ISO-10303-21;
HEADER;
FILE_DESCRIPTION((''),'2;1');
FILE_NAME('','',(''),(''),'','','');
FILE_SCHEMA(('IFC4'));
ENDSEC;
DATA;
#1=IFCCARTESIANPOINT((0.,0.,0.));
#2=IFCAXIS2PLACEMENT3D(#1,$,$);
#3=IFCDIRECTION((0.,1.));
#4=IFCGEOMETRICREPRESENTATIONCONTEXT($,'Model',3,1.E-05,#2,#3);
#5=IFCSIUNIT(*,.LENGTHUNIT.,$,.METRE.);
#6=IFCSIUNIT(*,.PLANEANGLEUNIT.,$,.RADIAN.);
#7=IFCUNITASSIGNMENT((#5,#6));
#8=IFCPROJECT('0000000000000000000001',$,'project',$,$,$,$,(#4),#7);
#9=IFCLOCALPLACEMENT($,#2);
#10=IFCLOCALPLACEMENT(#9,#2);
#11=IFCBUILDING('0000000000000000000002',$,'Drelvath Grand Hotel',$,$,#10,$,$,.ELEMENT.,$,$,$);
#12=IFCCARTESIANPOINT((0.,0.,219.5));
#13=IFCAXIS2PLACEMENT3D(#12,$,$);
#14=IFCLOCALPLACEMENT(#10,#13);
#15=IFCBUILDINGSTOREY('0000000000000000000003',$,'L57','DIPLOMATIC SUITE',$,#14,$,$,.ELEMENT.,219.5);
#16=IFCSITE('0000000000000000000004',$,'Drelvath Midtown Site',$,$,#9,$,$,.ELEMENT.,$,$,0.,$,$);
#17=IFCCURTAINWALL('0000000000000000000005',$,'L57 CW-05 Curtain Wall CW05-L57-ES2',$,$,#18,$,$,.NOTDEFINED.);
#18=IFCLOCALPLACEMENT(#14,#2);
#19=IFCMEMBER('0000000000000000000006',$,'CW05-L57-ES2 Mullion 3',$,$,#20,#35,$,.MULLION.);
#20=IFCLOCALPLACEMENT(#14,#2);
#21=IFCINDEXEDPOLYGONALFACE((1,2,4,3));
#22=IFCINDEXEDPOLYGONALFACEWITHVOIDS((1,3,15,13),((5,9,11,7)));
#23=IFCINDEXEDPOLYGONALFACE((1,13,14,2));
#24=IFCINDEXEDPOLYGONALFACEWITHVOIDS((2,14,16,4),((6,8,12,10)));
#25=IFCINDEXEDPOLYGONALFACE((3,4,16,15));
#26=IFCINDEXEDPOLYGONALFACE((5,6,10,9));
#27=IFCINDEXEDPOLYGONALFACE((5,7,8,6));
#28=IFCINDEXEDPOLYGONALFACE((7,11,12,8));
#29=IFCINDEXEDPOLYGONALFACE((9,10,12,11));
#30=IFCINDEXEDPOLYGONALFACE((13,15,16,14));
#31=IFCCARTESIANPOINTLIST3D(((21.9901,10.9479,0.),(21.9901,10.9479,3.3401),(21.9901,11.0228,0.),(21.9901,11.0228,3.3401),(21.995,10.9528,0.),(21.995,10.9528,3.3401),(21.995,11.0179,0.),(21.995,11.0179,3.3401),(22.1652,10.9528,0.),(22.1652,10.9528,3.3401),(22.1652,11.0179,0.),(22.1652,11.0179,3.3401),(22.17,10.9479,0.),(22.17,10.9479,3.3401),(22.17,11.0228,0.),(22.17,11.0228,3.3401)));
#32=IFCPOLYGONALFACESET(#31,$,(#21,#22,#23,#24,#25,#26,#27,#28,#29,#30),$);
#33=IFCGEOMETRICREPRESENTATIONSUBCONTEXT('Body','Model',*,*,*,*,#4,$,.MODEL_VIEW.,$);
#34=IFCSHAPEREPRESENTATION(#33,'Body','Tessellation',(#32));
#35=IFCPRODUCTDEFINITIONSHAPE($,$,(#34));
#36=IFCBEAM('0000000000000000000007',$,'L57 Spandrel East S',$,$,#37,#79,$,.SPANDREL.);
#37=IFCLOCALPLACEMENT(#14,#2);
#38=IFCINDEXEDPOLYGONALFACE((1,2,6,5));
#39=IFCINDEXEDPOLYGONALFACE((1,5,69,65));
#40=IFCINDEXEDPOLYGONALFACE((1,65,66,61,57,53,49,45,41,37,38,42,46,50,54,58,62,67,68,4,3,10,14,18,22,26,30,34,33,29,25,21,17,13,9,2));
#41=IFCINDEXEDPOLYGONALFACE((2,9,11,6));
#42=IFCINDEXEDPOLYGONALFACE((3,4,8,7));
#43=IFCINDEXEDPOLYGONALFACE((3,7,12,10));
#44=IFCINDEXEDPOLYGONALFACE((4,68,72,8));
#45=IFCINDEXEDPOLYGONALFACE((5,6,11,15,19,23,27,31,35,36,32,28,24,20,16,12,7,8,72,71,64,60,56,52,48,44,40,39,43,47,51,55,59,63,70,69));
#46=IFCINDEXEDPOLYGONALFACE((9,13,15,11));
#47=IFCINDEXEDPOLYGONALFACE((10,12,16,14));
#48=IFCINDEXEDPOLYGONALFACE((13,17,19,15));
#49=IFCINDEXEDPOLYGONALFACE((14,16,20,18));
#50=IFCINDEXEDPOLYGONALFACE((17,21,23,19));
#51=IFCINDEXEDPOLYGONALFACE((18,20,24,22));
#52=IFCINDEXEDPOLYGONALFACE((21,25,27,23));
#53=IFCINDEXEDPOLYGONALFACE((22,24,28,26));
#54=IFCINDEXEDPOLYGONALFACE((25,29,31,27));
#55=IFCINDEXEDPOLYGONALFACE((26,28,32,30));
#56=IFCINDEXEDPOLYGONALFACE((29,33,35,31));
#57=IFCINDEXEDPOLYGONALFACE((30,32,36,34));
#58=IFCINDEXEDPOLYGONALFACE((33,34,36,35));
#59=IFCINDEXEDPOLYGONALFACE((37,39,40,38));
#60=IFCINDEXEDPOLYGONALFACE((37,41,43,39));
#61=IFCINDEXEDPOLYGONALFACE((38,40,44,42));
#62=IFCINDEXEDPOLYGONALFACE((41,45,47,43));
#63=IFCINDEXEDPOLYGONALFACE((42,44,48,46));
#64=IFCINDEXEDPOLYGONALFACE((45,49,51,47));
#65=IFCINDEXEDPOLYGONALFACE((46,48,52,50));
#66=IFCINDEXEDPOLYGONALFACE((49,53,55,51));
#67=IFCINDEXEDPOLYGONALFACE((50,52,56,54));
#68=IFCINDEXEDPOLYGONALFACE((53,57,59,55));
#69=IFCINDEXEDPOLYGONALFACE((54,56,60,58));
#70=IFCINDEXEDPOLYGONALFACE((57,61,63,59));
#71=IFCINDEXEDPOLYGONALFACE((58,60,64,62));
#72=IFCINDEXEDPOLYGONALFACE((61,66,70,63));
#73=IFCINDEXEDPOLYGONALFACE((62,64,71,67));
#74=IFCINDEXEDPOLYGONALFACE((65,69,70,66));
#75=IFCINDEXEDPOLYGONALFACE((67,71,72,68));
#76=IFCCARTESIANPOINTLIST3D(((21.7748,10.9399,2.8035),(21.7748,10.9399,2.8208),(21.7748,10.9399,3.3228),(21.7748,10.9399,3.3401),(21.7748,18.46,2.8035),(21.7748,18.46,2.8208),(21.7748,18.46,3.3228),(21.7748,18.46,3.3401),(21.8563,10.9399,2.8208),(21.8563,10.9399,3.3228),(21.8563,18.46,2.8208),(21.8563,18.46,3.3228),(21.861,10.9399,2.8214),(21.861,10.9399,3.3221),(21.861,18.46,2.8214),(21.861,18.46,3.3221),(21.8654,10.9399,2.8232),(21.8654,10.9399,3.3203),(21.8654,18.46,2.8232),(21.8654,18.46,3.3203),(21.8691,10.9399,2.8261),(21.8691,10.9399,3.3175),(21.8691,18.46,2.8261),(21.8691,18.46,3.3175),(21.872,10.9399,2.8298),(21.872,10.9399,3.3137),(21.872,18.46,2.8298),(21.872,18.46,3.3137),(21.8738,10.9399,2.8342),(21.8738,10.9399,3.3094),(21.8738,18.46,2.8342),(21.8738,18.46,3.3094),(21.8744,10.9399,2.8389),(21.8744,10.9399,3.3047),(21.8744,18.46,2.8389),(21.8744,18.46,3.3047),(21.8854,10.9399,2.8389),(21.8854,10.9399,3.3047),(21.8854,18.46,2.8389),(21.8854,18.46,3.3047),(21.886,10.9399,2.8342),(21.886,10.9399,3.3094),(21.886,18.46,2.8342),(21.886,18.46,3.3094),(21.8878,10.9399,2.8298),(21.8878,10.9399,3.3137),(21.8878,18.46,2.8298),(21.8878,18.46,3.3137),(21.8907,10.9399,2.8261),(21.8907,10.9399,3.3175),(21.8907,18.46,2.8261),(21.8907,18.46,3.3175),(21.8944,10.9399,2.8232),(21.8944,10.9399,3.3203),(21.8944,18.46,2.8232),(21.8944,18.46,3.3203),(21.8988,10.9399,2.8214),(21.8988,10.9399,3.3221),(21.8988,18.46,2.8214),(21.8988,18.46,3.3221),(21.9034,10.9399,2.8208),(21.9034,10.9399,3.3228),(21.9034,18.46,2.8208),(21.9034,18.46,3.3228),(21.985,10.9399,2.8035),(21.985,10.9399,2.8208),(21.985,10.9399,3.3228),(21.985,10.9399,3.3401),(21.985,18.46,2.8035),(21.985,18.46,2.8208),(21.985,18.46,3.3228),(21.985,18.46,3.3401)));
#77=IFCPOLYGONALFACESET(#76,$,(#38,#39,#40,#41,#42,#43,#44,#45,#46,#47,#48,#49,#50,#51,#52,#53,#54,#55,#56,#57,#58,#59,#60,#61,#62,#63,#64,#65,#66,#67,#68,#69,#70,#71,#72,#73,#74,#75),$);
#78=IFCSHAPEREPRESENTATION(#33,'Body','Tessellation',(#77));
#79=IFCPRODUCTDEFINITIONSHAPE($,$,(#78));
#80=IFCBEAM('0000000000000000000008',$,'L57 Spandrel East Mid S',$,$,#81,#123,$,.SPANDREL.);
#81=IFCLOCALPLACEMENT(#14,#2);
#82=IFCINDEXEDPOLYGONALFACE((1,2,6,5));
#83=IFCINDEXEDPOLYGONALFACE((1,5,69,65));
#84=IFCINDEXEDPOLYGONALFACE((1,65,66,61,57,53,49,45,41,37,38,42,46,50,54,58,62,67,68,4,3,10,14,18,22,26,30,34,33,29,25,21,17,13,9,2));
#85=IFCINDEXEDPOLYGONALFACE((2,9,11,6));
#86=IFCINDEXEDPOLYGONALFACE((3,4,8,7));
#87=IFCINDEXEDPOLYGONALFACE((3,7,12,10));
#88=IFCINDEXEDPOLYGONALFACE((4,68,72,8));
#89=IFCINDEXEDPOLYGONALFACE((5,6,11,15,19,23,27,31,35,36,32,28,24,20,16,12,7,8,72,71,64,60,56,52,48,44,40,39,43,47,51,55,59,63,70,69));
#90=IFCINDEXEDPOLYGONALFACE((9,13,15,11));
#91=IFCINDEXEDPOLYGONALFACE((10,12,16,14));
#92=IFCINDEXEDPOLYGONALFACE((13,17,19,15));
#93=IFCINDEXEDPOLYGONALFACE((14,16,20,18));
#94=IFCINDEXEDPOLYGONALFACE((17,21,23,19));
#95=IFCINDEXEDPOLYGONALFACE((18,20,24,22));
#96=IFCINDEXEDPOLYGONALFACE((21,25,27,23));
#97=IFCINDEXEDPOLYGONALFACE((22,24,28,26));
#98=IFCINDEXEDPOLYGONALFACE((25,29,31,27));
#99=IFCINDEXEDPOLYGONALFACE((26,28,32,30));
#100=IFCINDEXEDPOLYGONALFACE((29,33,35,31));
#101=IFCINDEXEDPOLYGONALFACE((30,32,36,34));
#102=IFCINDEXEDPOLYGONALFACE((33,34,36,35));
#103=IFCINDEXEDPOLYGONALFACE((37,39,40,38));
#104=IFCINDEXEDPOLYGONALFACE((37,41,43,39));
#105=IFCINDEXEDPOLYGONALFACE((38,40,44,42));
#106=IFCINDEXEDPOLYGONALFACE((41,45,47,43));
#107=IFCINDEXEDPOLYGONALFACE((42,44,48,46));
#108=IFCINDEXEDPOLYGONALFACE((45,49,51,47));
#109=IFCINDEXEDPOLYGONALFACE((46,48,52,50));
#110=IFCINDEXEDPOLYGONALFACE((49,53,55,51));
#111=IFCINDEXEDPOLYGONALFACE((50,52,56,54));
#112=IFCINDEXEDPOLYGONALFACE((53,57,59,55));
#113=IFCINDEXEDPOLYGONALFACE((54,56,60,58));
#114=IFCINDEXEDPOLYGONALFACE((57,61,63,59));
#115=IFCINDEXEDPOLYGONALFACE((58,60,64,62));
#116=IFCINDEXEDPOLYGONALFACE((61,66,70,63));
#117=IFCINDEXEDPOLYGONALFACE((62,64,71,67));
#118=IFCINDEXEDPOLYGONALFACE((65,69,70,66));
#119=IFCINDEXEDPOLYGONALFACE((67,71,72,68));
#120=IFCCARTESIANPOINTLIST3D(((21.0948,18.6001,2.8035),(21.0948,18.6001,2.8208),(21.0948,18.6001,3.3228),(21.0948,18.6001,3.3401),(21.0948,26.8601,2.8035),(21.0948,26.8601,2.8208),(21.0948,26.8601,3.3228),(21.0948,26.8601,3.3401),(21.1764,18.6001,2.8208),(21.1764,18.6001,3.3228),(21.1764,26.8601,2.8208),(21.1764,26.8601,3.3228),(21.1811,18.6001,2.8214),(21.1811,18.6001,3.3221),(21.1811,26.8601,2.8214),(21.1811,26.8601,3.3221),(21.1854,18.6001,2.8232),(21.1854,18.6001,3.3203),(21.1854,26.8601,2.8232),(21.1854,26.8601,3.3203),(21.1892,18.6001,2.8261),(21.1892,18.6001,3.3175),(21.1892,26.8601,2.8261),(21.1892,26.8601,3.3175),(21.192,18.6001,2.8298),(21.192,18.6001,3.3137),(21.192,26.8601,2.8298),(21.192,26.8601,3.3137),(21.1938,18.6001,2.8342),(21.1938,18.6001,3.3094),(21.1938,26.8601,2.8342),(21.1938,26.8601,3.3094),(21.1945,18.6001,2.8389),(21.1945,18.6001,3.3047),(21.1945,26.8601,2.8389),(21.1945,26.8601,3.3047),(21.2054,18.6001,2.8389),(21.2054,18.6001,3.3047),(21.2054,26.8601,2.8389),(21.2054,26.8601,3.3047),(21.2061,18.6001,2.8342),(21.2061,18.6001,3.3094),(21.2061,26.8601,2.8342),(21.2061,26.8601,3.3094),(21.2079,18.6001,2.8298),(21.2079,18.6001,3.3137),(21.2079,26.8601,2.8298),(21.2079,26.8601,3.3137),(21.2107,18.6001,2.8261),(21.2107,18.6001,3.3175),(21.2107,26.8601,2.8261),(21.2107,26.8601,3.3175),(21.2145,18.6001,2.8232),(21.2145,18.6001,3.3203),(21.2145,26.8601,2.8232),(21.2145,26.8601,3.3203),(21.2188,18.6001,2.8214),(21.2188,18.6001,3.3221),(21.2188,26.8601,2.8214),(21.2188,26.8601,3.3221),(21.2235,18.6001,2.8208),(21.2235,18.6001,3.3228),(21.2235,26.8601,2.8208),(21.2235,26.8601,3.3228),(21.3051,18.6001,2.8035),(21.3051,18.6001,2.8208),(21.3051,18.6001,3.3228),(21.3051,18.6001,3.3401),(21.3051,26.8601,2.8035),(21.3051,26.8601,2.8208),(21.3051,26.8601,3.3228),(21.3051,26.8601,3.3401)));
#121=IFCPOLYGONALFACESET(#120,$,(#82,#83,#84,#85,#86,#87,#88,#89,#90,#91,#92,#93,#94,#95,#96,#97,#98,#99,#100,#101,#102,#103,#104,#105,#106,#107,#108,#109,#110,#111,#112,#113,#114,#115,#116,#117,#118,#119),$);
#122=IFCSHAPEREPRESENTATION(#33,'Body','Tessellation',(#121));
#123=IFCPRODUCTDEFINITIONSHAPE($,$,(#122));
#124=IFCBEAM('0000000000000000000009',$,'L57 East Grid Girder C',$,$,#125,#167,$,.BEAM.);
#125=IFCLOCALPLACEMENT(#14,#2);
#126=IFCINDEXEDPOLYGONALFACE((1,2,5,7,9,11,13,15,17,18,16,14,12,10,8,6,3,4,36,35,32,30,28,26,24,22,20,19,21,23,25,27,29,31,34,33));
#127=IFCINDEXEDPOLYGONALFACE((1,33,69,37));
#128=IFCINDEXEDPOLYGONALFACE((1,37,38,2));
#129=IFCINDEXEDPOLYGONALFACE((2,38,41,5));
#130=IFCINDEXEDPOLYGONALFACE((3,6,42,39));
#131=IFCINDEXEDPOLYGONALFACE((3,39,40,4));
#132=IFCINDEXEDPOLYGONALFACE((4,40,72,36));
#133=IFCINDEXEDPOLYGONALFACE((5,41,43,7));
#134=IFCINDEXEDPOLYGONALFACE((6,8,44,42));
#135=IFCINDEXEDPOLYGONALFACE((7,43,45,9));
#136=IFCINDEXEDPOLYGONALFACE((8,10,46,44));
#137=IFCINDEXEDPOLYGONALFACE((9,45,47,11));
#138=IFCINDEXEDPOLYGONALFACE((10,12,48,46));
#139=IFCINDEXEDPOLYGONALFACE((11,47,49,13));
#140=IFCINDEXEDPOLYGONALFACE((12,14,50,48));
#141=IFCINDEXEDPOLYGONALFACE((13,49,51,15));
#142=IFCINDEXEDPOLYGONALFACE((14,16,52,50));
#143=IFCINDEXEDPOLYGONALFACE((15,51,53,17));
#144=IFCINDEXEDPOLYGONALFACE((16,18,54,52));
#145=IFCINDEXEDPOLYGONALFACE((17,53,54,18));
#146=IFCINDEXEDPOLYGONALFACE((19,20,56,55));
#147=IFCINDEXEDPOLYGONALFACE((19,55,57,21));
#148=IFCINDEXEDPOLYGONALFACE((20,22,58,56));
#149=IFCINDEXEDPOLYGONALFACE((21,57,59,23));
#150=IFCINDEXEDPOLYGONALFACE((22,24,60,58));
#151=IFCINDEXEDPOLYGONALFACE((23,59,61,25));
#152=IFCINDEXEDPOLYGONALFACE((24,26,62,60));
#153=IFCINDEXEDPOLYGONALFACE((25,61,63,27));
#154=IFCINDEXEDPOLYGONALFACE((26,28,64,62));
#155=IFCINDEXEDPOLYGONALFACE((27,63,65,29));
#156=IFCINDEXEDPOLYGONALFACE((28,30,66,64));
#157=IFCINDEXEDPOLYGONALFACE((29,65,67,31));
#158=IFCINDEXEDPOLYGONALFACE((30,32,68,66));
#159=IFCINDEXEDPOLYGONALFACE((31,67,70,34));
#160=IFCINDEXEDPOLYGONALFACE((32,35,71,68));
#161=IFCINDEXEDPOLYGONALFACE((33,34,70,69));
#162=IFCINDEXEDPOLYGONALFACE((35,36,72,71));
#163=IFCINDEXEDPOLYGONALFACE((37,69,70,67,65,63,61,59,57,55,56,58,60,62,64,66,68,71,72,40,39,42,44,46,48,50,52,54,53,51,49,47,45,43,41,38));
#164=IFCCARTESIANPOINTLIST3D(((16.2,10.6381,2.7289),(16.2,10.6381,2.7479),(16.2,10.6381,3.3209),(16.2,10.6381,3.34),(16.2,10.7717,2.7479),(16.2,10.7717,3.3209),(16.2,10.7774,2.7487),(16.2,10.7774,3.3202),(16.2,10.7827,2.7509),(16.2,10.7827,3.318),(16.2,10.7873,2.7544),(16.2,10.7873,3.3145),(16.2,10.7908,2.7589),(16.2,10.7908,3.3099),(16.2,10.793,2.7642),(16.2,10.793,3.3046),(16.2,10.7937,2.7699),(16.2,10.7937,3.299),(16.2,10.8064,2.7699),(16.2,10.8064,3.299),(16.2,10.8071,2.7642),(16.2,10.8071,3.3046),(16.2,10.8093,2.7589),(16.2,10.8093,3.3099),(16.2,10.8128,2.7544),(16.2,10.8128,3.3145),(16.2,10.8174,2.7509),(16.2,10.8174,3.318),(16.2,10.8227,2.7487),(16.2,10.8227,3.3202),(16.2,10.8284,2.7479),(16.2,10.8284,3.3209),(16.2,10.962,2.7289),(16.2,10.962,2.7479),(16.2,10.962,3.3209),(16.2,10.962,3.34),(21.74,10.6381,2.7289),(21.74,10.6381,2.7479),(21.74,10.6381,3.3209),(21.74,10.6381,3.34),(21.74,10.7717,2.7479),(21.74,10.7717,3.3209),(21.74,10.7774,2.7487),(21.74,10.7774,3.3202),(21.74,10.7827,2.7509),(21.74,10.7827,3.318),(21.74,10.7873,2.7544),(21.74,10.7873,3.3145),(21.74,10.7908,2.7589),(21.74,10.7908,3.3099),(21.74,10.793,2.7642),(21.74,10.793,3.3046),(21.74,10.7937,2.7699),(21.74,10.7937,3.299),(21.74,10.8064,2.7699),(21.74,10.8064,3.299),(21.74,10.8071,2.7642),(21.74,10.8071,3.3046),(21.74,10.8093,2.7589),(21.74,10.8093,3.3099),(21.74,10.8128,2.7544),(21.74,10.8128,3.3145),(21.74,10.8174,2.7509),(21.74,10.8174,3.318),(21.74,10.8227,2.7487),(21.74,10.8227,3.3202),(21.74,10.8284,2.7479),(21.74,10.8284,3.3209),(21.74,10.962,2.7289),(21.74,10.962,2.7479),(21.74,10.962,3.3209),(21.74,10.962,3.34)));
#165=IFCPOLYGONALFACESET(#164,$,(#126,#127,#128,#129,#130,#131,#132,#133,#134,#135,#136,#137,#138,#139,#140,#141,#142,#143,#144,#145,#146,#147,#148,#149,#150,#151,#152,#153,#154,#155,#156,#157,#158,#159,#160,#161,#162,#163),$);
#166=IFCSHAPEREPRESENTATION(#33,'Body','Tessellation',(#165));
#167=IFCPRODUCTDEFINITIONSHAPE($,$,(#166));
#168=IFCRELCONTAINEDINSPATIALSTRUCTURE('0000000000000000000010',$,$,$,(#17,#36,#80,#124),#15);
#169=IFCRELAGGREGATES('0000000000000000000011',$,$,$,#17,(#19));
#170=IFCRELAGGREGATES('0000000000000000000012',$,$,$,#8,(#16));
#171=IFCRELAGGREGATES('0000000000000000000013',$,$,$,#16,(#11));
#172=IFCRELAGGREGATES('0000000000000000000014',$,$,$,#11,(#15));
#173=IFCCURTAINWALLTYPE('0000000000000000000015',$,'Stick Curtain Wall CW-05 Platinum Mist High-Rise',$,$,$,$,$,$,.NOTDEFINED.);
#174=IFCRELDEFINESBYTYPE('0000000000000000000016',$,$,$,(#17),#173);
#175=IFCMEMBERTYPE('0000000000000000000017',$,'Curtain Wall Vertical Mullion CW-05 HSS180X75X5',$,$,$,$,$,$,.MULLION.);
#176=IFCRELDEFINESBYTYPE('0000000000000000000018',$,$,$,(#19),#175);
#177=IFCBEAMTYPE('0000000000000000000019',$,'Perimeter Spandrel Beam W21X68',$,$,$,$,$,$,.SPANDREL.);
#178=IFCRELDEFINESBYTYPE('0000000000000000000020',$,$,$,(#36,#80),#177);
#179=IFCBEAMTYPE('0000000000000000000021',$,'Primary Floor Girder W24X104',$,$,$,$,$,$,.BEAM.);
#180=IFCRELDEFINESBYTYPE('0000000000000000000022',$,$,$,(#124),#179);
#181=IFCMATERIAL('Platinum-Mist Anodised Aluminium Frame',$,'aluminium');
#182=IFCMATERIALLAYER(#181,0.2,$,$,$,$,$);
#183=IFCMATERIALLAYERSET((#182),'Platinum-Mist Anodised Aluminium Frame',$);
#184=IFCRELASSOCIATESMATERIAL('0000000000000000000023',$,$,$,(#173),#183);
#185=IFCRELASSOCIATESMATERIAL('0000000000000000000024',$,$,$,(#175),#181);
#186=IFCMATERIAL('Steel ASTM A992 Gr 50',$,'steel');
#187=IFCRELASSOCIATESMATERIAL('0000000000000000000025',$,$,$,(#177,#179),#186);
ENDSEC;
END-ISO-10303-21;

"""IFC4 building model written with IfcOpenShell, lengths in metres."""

from ifc_helpers import new_model, si_unit, direction, frame, origin, origin_2d, place, context, subcontext, project, spatial, hollow_rectangle, i_section, extrude, material, layer, layer_set, material_profile, profile_set, type_object, element, aggregate, save


model = new_model("IFC4")

# Units and contexts
model_context = context("Model", 3, precision=1e-05, world=origin(), true_north=direction((0.0, 1.0)))
body_context = subcontext(model_context, "Body", "Model", "MODEL_VIEW")
ifc_project = project(units=[si_unit("LENGTHUNIT", "METRE"), si_unit("PLANEANGLEUNIT", "RADIAN")], contexts=[model_context])

# Site, building, storey
site_placement = place(None, origin())
site = spatial("IfcSite", under=ifc_project, at=site_placement, Name="Drelvath Midtown Site", CompositionType="ELEMENT", RefElevation=0.0)
building_placement = place(site_placement, origin())
building = spatial("IfcBuilding", under=site, at=building_placement, Name="Drelvath Grand Hotel", CompositionType="ELEMENT")
storey_placement = place(building_placement, frame((0.0, 0.0, 219.5)))
storey = spatial("IfcBuildingStorey", under=building, at=storey_placement, Name="L57", Description="DIPLOMATIC SUITE", CompositionType="ELEMENT", Elevation=219.5)

# Curtain wall
ifc_material_1 = material(Name="Platinum-Mist Anodised Aluminium Frame", Category="aluminium")
ifc_layer_1 = layer(ifc_material_1, 0.2)
ifc_layer_set_1 = layer_set([ifc_layer_1], Name="Platinum-Mist Anodised Aluminium Frame")
curtain_wall_type = type_object("IfcCurtainWallType", Name="Stick Curtain Wall CW-05 Platinum Mist High-Rise", PredefinedType="NOTDEFINED", material=ifc_layer_set_1)
curtain_wall_1_placement = place(storey_placement, origin())
curtain_wall_1 = element("IfcCurtainWall", 1, at=curtain_wall_1_placement, inside=storey, type_object=curtain_wall_type, Name="L57 CW-05 Curtain Wall CW05-L57-ES2", PredefinedType="NOTDEFINED")

# Shared definitions
ifc_material_profile_1 = material_profile(ifc_material_1, hollow_rectangle(XDim=0.075, YDim=0.1799, WallThickness=0.0049, at=origin_2d()), Name="HSS180X75X5")
ifc_profile_set_1 = profile_set([ifc_material_profile_1], Name="Platinum-Mist Anodised Aluminium Frame")
member_type_1 = type_object("IfcMemberType", Name="Curtain Wall Vertical Mullion CW-05 HSS180X75X5", PredefinedType="MULLION", material=ifc_profile_set_1)

# Member
member_1_placement = place(storey_placement, frame((22.0801, 10.9854, 0.0), z_axis=(0.0, 0.0, 1.0), x_axis=(0.0, 1.0, 0.0)))
member_1 = element("IfcMember", 2, at=member_1_placement, type_object=member_type_1, Name="CW05-L57-ES2 Mullion 3", PredefinedType="MULLION", context=body_context, shape_type="SweptSolid", body=[
    extrude(hollow_rectangle(XDim=0.075, YDim=0.1799, WallThickness=0.0049, at=origin_2d()), origin(), (0.0, 0.0, 1.0), 3.3401),
])

# Beams
ifc_material_2 = material(Name="Steel ASTM A992 Gr 50", Category="steel")
ifc_material_profile_2 = material_profile(ifc_material_2, i_section(OverallWidth=0.2102, OverallDepth=0.5366, WebThickness=0.011, FlangeThickness=0.0173, FilletRadius=0.0181, at=origin_2d()), Name="W21X68")
ifc_profile_set_2 = profile_set([ifc_material_profile_2], Name="Steel ASTM A992 Gr 50")
beam_type_1 = type_object("IfcBeamType", Name="Perimeter Spandrel Beam W21X68", PredefinedType="SPANDREL", material=ifc_profile_set_2)
beam_1_placement = place(storey_placement, frame((21.8799, 10.9399, 3.0718), z_axis=(0.0, 1.0, 0.0), x_axis=(-1.0, 0.0, 0.0)))
element("IfcBeam", 3, at=beam_1_placement, inside=storey, type_object=beam_type_1, Name="L57 Spandrel East S", PredefinedType="SPANDREL", context=body_context, shape_type="SweptSolid", body=[
    extrude(i_section(OverallWidth=0.2102, OverallDepth=0.5366, WebThickness=0.011, FlangeThickness=0.0173, FilletRadius=0.0181, at=origin_2d()), origin(), (0.0, 0.0, 1.0), 7.52),
])
beam_2_placement = place(storey_placement, frame((21.2, 18.6001, 3.0718), z_axis=(0.0, 1.0, 0.0), x_axis=(-1.0, 0.0, 0.0)))
element("IfcBeam", 4, at=beam_2_placement, inside=storey, type_object=beam_type_1, Name="L57 Spandrel East Mid S", PredefinedType="SPANDREL", context=body_context, shape_type="SweptSolid", body=[
    extrude(i_section(OverallWidth=0.2102, OverallDepth=0.5366, WebThickness=0.011, FlangeThickness=0.0173, FilletRadius=0.0181, at=origin_2d()), origin(), (0.0, 0.0, 1.0), 8.26),
])
ifc_material_profile_3 = material_profile(ifc_material_2, i_section(OverallWidth=0.324, OverallDepth=0.6111, WebThickness=0.0127, FlangeThickness=0.019, FilletRadius=0.022, at=origin_2d()), Name="W24X104")
ifc_profile_set_3 = profile_set([ifc_material_profile_3], Name="Steel ASTM A992 Gr 50")
beam_type_2 = type_object("IfcBeamType", Name="Primary Floor Girder W24X104", PredefinedType="BEAM", material=ifc_profile_set_3)
beam_3_placement = place(storey_placement, frame((16.2, 10.8, 3.0344), z_axis=(1.0, 0.0, 0.0), x_axis=(0.0, 1.0, 0.0)))
element("IfcBeam", 5, at=beam_3_placement, inside=storey, type_object=beam_type_2, Name="L57 East Grid Girder C", PredefinedType="BEAM", context=body_context, shape_type="SweptSolid", body=[
    extrude(i_section(OverallWidth=0.324, OverallDepth=0.6111, WebThickness=0.0127, FlangeThickness=0.019, FilletRadius=0.022, at=origin_2d()), origin(), (0.0, 0.0, 1.0), 5.54),
])

aggregate(curtain_wall_1, [member_1])

save(model, "model.ifc")
